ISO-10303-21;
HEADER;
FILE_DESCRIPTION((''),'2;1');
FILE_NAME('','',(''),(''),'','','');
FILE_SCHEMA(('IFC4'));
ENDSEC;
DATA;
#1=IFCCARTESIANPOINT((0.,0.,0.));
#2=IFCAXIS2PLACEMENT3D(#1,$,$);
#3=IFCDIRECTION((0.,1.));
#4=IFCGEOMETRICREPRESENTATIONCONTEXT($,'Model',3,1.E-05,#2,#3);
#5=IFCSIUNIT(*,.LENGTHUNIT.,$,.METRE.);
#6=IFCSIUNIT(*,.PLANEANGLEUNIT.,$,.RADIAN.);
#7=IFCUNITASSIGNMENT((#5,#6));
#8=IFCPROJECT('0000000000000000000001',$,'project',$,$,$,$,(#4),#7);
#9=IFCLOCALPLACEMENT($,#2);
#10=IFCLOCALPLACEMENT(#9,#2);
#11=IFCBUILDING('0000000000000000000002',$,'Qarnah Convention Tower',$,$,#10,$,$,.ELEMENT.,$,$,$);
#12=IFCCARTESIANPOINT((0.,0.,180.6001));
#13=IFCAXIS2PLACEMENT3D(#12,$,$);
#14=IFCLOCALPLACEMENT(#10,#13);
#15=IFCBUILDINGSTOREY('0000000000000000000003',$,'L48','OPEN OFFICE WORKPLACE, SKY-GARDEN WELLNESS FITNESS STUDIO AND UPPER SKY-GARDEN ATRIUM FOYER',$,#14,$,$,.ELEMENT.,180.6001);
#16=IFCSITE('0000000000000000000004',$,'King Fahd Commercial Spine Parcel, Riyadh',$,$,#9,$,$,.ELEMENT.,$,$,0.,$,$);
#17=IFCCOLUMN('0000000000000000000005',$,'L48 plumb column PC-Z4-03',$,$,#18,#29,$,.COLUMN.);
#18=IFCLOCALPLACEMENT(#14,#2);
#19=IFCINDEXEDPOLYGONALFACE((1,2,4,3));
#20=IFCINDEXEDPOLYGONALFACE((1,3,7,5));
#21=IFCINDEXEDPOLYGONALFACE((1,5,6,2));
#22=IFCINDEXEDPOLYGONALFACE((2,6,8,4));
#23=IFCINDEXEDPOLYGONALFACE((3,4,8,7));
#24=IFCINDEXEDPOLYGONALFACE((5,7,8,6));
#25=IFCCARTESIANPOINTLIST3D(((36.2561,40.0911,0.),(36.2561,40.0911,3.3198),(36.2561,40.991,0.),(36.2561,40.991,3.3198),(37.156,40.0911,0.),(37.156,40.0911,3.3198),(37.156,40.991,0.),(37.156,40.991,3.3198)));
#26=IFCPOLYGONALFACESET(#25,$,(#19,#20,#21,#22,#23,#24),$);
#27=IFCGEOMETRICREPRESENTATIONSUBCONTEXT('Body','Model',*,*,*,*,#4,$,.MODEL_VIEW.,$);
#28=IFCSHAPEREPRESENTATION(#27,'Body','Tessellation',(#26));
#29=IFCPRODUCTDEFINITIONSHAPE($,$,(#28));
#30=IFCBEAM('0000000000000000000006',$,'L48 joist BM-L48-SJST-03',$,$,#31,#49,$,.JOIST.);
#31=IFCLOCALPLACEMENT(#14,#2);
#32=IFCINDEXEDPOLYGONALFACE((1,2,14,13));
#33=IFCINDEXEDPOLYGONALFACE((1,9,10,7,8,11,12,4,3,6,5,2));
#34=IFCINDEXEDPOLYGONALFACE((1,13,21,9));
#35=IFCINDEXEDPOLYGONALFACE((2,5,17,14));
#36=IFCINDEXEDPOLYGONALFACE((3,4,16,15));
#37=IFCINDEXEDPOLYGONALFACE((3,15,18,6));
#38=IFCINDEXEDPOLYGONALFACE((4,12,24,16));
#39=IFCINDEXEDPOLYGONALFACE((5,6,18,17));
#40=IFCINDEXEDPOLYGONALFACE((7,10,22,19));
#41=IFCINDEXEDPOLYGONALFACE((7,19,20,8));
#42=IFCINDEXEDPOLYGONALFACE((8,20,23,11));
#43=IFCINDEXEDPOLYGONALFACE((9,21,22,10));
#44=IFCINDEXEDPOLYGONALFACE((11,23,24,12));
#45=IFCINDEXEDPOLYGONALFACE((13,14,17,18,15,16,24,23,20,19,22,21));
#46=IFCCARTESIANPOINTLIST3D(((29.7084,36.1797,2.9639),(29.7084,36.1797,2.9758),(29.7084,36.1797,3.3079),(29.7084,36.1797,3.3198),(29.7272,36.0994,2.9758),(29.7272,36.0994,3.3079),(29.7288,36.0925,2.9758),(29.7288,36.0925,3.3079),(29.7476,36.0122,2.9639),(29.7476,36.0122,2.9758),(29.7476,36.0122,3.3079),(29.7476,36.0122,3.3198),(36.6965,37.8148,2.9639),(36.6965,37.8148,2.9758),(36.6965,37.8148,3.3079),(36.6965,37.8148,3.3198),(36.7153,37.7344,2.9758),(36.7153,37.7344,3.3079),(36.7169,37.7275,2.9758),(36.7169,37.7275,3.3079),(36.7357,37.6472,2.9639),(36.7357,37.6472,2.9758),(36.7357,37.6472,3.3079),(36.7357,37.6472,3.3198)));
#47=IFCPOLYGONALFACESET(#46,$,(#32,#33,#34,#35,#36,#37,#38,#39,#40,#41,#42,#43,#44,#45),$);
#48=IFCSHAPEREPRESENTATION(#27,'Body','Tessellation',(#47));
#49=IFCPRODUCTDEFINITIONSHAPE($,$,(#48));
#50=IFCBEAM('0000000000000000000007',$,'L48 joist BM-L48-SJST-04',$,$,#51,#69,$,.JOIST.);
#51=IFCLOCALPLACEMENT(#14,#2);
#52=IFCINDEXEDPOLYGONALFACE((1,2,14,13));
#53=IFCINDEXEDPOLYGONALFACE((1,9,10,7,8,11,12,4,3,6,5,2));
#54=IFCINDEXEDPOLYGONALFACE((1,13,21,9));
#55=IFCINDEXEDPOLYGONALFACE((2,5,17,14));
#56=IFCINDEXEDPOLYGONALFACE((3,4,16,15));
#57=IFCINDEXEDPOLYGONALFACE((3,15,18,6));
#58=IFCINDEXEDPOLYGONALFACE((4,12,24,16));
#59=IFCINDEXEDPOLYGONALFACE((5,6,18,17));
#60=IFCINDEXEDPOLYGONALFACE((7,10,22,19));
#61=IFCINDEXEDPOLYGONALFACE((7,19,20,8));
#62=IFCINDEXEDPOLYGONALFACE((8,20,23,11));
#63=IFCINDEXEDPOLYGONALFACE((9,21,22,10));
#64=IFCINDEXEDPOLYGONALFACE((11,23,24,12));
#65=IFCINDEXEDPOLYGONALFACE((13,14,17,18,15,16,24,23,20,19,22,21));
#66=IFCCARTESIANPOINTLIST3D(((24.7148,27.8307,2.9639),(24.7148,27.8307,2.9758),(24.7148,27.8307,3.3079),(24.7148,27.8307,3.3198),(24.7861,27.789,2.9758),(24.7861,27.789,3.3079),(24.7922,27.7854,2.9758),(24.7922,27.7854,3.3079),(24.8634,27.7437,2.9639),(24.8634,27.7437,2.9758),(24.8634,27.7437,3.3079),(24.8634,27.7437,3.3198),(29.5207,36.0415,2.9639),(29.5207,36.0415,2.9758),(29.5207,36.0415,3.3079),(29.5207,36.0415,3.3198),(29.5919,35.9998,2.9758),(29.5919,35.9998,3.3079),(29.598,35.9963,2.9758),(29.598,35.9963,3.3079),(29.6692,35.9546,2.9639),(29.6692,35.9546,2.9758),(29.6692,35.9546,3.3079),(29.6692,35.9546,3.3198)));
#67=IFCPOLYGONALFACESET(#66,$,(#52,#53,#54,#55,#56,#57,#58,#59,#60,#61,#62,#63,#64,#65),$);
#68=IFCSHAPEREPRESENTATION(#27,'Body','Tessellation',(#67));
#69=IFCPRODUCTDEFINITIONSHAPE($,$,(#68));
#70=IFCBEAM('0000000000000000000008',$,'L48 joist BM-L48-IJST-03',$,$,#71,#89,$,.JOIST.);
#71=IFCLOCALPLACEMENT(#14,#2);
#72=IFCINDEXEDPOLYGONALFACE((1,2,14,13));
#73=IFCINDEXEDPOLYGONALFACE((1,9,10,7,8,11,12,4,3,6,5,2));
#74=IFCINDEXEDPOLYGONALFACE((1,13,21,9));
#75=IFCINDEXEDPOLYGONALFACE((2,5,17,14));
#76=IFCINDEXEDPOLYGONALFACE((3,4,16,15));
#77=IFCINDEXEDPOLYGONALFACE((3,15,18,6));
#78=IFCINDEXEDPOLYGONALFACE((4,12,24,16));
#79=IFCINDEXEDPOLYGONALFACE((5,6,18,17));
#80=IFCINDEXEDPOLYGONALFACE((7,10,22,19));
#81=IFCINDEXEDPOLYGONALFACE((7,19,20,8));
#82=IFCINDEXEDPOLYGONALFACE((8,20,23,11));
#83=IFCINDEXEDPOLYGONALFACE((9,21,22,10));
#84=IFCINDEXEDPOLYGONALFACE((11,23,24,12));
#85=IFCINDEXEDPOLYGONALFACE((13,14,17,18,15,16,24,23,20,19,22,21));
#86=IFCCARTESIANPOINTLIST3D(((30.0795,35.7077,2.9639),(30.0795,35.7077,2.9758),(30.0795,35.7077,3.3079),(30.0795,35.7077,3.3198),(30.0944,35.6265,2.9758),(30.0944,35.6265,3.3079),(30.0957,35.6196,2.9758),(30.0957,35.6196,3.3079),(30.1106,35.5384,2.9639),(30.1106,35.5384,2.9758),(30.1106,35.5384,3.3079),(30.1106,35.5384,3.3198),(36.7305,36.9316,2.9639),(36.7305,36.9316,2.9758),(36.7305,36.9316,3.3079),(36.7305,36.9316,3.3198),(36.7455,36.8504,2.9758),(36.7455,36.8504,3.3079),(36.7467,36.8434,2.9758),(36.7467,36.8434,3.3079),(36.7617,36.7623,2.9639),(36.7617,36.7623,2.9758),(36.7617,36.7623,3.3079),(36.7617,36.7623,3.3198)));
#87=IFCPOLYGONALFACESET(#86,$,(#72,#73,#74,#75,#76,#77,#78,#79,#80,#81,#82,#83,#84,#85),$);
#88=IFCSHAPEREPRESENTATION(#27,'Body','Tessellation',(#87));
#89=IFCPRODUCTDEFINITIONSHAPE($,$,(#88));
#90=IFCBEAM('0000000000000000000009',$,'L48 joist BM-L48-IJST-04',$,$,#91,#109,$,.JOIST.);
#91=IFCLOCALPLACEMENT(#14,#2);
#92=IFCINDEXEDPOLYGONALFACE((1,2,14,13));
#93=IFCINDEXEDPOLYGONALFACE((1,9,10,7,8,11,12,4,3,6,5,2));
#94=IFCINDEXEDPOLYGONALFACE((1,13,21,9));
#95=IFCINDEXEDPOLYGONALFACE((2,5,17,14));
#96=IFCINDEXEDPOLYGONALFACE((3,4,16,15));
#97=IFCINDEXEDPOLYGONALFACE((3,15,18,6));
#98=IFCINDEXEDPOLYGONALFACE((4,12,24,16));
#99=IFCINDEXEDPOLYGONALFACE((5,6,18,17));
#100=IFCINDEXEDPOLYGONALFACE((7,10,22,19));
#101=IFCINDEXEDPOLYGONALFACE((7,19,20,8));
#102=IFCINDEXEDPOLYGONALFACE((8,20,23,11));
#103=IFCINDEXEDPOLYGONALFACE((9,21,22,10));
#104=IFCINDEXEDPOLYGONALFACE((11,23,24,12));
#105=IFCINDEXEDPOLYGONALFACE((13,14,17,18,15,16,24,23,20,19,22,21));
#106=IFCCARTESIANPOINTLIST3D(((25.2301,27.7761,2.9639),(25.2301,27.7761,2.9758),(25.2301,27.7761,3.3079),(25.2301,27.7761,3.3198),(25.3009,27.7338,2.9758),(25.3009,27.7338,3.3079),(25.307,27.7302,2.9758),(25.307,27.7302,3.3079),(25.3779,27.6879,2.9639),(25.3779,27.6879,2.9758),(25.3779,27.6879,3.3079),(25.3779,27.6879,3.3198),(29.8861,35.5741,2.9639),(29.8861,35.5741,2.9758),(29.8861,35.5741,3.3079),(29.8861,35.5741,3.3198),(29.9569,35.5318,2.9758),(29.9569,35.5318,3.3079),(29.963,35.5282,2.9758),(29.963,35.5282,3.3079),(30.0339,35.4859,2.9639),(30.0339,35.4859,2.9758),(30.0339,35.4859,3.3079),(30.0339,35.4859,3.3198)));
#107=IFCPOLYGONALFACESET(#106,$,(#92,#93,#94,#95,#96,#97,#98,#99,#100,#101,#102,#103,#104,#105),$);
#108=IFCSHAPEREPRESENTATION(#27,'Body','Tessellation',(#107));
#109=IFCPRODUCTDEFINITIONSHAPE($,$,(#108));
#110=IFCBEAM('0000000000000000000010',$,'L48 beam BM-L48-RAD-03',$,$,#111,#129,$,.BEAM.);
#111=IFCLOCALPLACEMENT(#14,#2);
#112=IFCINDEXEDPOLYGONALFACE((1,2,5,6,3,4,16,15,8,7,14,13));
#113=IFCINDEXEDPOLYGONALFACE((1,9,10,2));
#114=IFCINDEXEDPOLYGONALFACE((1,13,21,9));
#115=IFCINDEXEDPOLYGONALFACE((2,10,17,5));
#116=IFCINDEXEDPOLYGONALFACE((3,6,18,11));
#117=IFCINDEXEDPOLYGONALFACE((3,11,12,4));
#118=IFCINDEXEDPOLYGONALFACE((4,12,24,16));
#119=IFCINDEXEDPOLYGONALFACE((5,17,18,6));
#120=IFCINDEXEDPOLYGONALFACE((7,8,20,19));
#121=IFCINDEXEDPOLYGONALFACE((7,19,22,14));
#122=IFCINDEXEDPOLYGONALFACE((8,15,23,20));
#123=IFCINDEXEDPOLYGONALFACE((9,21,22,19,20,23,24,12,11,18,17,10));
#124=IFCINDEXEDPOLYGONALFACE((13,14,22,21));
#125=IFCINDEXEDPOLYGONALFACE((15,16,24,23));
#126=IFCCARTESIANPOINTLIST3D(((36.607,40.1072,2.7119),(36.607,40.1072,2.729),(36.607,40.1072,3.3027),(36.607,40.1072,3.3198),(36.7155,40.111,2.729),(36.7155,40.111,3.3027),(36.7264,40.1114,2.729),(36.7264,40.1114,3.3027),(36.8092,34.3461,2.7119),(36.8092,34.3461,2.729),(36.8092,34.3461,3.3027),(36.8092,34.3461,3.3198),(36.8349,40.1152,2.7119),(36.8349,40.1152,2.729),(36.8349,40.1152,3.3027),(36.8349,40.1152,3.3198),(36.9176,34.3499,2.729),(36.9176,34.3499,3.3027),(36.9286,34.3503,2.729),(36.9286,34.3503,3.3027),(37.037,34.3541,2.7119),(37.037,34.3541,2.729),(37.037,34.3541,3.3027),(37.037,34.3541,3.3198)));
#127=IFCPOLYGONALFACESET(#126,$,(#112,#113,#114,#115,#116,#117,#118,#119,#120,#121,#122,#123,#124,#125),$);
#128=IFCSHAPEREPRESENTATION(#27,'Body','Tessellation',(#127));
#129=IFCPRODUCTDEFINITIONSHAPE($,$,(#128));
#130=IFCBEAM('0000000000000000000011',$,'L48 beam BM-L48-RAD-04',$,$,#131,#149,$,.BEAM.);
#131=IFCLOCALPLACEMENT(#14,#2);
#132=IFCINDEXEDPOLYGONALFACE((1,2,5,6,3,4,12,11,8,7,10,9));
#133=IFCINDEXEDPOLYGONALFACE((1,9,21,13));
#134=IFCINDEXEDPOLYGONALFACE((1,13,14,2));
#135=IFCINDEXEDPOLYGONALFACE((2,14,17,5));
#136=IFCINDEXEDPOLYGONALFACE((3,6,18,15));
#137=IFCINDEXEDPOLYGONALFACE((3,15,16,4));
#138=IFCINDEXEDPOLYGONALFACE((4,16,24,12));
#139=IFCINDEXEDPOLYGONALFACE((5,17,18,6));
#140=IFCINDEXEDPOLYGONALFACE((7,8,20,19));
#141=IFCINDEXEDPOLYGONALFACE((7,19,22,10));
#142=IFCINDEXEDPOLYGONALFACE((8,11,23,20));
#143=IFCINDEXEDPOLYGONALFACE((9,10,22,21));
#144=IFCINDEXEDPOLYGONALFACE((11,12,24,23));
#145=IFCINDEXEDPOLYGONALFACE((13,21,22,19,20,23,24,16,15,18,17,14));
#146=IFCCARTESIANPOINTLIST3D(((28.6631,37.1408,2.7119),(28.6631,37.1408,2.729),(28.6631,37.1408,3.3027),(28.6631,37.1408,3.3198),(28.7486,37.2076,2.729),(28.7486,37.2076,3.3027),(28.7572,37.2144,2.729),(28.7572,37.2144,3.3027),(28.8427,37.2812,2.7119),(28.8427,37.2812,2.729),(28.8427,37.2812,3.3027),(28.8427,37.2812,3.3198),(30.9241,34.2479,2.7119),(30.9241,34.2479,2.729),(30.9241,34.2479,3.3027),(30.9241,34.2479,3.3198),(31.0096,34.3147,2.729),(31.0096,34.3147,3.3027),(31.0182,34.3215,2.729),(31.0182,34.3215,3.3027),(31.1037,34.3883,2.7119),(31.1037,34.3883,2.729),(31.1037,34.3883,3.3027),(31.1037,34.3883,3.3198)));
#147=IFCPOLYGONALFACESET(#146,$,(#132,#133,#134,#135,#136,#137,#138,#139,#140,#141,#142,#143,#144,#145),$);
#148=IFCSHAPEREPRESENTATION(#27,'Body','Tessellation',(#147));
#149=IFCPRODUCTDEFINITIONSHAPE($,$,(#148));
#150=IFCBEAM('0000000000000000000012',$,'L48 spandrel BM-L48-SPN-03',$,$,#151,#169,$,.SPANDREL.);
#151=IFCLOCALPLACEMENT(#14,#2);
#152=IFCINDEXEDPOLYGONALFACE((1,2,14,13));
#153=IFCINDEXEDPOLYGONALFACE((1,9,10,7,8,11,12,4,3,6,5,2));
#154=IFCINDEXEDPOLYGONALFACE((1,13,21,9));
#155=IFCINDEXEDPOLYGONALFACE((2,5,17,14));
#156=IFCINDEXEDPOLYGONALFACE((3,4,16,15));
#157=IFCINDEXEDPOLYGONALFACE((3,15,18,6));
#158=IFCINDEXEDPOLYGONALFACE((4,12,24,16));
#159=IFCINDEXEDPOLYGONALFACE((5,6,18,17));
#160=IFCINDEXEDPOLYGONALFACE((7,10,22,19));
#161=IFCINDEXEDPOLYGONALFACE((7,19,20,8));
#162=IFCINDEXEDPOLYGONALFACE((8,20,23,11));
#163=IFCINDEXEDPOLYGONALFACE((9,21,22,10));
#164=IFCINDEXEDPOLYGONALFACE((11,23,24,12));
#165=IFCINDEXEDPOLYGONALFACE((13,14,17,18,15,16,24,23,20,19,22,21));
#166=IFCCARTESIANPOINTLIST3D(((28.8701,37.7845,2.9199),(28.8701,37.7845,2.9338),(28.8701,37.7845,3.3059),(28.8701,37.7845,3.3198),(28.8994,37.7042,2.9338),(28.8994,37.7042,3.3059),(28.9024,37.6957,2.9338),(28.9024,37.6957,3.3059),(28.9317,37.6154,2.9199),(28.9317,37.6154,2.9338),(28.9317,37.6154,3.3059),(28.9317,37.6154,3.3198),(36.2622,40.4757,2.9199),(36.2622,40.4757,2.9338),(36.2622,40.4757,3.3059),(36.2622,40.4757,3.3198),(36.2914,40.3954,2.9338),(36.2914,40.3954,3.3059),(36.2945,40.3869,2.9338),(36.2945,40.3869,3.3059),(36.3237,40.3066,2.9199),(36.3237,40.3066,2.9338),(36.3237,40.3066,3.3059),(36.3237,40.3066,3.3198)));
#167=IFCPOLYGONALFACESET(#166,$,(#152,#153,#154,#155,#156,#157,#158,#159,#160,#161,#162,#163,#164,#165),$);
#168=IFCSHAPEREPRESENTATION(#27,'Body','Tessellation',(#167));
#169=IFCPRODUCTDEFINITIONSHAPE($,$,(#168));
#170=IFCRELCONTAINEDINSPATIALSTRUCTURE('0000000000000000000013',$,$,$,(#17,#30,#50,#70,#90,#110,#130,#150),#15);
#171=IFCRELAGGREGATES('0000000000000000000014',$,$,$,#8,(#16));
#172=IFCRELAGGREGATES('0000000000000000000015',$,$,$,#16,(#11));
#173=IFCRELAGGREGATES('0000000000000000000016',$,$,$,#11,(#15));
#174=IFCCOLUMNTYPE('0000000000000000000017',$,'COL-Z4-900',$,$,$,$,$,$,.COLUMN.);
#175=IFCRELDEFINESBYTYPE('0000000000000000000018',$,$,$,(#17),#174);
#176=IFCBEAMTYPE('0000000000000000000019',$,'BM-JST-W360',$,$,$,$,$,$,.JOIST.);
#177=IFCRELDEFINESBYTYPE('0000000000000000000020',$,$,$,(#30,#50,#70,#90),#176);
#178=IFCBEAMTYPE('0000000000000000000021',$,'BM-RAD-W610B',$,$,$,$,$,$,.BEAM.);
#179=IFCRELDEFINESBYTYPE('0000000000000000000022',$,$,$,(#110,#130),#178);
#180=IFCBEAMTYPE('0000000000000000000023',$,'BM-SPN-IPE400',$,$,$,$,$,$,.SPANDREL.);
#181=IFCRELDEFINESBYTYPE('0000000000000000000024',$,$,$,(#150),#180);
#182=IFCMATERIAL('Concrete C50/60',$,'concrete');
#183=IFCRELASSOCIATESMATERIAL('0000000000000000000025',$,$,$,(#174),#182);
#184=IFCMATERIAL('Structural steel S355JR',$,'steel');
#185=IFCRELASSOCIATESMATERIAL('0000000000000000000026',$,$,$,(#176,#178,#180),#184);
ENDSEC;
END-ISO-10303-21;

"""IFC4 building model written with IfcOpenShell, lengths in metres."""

from ifc_helpers import new_model, si_unit, direction, frame, origin, origin_2d, place, context, subcontext, project, spatial, rectangle, i_section, extrude, material, material_profile, profile_set, type_object, element, save


model = new_model("IFC4")

# Units and contexts
model_context = context("Model", 3, precision=1e-05, world=origin(), true_north=direction((0.0, 1.0)))
body_context = subcontext(model_context, "Body", "Model", "MODEL_VIEW")
ifc_project = project(units=[si_unit("LENGTHUNIT", "METRE"), si_unit("PLANEANGLEUNIT", "RADIAN")], contexts=[model_context])

# Site, building, storey
site_placement = place(None, origin())
site = spatial("IfcSite", under=ifc_project, at=site_placement, Name="King Fahd Commercial Spine Parcel, Riyadh", CompositionType="ELEMENT", RefElevation=0.0)
building_placement = place(site_placement, origin())
building = spatial("IfcBuilding", under=site, at=building_placement, Name="Qarnah Convention Tower", CompositionType="ELEMENT")
storey_placement = place(building_placement, frame((0.0, 0.0, 180.6001)))
storey = spatial("IfcBuildingStorey", under=building, at=storey_placement, Name="L48", Description="OPEN OFFICE WORKPLACE, SKY-GARDEN WELLNESS FITNESS STUDIO AND UPPER SKY-GARDEN ATRIUM FOYER", CompositionType="ELEMENT", Elevation=180.6001)

# Column
ifc_material_1 = material(Name="Concrete C50/60", Category="concrete")
ifc_material_profile_1 = material_profile(ifc_material_1, rectangle(XDim=0.8999, YDim=0.8999, at=origin_2d()), Name="RC-COL-900X900")
ifc_profile_set_1 = profile_set([ifc_material_profile_1], Name="Concrete C50/60")
column_type = type_object("IfcColumnType", Name="COL-Z4-900", PredefinedType="COLUMN", material=ifc_profile_set_1)
column_placement = place(storey_placement, frame((36.7061, 40.541, 0.0), z_axis=(0.0, 0.0, 1.0), x_axis=(1.0, 0.0, 0.0)))
element("IfcColumn", 1, at=column_placement, inside=storey, type_object=column_type, Name="L48 plumb column PC-Z4-03", PredefinedType="COLUMN", context=body_context, shape_type="SweptSolid", body=[
    extrude(rectangle(XDim=0.8999, YDim=0.8999, at=origin_2d()), origin(), (0.0, 0.0, 1.0), 3.3198),
])

# Beams
ifc_material_2 = material(Name="Structural steel S355JR", Category="steel")
ifc_material_profile_2 = material_profile(ifc_material_2, i_section(OverallWidth=0.1721, OverallDepth=0.356, WebThickness=0.0071, FlangeThickness=0.012, at=origin_2d()), Name="W360X51")
ifc_profile_set_2 = profile_set([ifc_material_profile_2], Name="Structural steel S355JR")
beam_type_1 = type_object("IfcBeamType", Name="BM-JST-W360", PredefinedType="JOIST", material=ifc_profile_set_2)
beam_1_placement = place(storey_placement, frame((36.7161, 37.731, 3.1418), z_axis=(-0.973703, -0.22782, 0.0), x_axis=(0.22782, -0.973703, 0.0)))
element("IfcBeam", 2, at=beam_1_placement, inside=storey, type_object=beam_type_1, Name="L48 joist BM-L48-SJST-03", PredefinedType="JOIST", context=body_context, shape_type="SweptSolid", body=[
    extrude(i_section(OverallWidth=0.1721, OverallDepth=0.356, WebThickness=0.0071, FlangeThickness=0.012, at=origin_2d()), origin(), (0.0, 0.0, 1.0), 7.1768),
])
beam_2_placement = place(storey_placement, frame((29.595, 35.998, 3.1418), z_axis=(-0.505141, -0.863037, 0.0), x_axis=(0.863037, -0.505141, 0.0)))
element("IfcBeam", 3, at=beam_2_placement, inside=storey, type_object=beam_type_1, Name="L48 joist BM-L48-SJST-04", PredefinedType="JOIST", context=body_context, shape_type="SweptSolid", body=[
    extrude(i_section(OverallWidth=0.1721, OverallDepth=0.356, WebThickness=0.0071, FlangeThickness=0.012, at=origin_2d()), origin(), (0.0, 0.0, 1.0), 9.5139),
])
beam_3_placement = place(storey_placement, frame((36.7461, 36.8469, 3.1418), z_axis=(-0.983488, -0.180972, 0.0), x_axis=(0.180972, -0.983488, 0.0)))
element("IfcBeam", 4, at=beam_3_placement, inside=storey, type_object=beam_type_1, Name="L48 joist BM-L48-IJST-03", PredefinedType="JOIST", context=body_context, shape_type="SweptSolid", body=[
    extrude(i_section(OverallWidth=0.1721, OverallDepth=0.356, WebThickness=0.0071, FlangeThickness=0.012, at=origin_2d()), origin(), (0.0, 0.0, 1.0), 6.7627),
])
beam_4_placement = place(storey_placement, frame((29.96, 35.53, 3.1418), z_axis=(-0.512645, -0.858601, 0.0), x_axis=(0.858601, -0.512645, 0.0)))
element("IfcBeam", 5, at=beam_4_placement, inside=storey, type_object=beam_type_1, Name="L48 joist BM-L48-IJST-04", PredefinedType="JOIST", context=body_context, shape_type="SweptSolid", body=[
    extrude(i_section(OverallWidth=0.1721, OverallDepth=0.356, WebThickness=0.0071, FlangeThickness=0.012, at=origin_2d()), origin(), (0.0, 0.0, 1.0), 9.0823),
])
ifc_material_profile_3 = material_profile(ifc_material_2, i_section(OverallWidth=0.228, OverallDepth=0.6079, WebThickness=0.011, FlangeThickness=0.0171, at=origin_2d()), Name="W610X113")
ifc_profile_set_3 = profile_set([ifc_material_profile_3], Name="Structural steel S355JR")
beam_type_2 = type_object("IfcBeamType", Name="BM-RAD-W610B", PredefinedType="BEAM", material=ifc_profile_set_3)
beam_5_placement = place(storey_placement, frame((36.9231, 34.3501, 3.0159), z_axis=(-0.035068, 0.999385, 0.0), x_axis=(-0.999385, -0.035068, 0.0)))
element("IfcBeam", 6, at=beam_5_placement, inside=storey, type_object=beam_type_2, Name="L48 beam BM-L48-RAD-03", PredefinedType="BEAM", context=body_context, shape_type="SweptSolid", body=[
    extrude(i_section(OverallWidth=0.228, OverallDepth=0.6079, WebThickness=0.011, FlangeThickness=0.0171, at=origin_2d()), origin(), (0.0, 0.0, 1.0), 5.7646),
])
beam_6_placement = place(storey_placement, frame((31.0139, 34.3181, 3.0159), z_axis=(-0.615808, 0.787896, 0.0), x_axis=(-0.787896, -0.615808, 0.0)))
element("IfcBeam", 7, at=beam_6_placement, inside=storey, type_object=beam_type_2, Name="L48 beam BM-L48-RAD-04", PredefinedType="BEAM", context=body_context, shape_type="SweptSolid", body=[
    extrude(i_section(OverallWidth=0.228, OverallDepth=0.6079, WebThickness=0.011, FlangeThickness=0.0171, at=origin_2d()), origin(), (0.0, 0.0, 1.0), 3.6716),
])
ifc_material_profile_4 = material_profile(ifc_material_2, i_section(OverallWidth=0.1799, OverallDepth=0.3999, WebThickness=0.009, FlangeThickness=0.0139, at=origin_2d()), Name="IPE400")
ifc_profile_set_4 = profile_set([ifc_material_profile_4], Name="Structural steel S355JR")
beam_type_3 = type_object("IfcBeamType", Name="BM-SPN-IPE400", PredefinedType="SPANDREL", material=ifc_profile_set_4)
beam_7_placement = place(storey_placement, frame((36.293, 40.3911, 3.1199), z_axis=(-0.939666, -0.342094, 0.0), x_axis=(0.342094, -0.939666, 0.0)))
element("IfcBeam", 8, at=beam_7_placement, inside=storey, type_object=beam_type_3, Name="L48 spandrel BM-L48-SPN-03", PredefinedType="SPANDREL", context=body_context, shape_type="SweptSolid", body=[
    extrude(i_section(OverallWidth=0.1799, OverallDepth=0.3999, WebThickness=0.009, FlangeThickness=0.0139, at=origin_2d()), origin(), (0.0, 0.0, 1.0), 7.8667),
])

save(model, "model.ifc")
